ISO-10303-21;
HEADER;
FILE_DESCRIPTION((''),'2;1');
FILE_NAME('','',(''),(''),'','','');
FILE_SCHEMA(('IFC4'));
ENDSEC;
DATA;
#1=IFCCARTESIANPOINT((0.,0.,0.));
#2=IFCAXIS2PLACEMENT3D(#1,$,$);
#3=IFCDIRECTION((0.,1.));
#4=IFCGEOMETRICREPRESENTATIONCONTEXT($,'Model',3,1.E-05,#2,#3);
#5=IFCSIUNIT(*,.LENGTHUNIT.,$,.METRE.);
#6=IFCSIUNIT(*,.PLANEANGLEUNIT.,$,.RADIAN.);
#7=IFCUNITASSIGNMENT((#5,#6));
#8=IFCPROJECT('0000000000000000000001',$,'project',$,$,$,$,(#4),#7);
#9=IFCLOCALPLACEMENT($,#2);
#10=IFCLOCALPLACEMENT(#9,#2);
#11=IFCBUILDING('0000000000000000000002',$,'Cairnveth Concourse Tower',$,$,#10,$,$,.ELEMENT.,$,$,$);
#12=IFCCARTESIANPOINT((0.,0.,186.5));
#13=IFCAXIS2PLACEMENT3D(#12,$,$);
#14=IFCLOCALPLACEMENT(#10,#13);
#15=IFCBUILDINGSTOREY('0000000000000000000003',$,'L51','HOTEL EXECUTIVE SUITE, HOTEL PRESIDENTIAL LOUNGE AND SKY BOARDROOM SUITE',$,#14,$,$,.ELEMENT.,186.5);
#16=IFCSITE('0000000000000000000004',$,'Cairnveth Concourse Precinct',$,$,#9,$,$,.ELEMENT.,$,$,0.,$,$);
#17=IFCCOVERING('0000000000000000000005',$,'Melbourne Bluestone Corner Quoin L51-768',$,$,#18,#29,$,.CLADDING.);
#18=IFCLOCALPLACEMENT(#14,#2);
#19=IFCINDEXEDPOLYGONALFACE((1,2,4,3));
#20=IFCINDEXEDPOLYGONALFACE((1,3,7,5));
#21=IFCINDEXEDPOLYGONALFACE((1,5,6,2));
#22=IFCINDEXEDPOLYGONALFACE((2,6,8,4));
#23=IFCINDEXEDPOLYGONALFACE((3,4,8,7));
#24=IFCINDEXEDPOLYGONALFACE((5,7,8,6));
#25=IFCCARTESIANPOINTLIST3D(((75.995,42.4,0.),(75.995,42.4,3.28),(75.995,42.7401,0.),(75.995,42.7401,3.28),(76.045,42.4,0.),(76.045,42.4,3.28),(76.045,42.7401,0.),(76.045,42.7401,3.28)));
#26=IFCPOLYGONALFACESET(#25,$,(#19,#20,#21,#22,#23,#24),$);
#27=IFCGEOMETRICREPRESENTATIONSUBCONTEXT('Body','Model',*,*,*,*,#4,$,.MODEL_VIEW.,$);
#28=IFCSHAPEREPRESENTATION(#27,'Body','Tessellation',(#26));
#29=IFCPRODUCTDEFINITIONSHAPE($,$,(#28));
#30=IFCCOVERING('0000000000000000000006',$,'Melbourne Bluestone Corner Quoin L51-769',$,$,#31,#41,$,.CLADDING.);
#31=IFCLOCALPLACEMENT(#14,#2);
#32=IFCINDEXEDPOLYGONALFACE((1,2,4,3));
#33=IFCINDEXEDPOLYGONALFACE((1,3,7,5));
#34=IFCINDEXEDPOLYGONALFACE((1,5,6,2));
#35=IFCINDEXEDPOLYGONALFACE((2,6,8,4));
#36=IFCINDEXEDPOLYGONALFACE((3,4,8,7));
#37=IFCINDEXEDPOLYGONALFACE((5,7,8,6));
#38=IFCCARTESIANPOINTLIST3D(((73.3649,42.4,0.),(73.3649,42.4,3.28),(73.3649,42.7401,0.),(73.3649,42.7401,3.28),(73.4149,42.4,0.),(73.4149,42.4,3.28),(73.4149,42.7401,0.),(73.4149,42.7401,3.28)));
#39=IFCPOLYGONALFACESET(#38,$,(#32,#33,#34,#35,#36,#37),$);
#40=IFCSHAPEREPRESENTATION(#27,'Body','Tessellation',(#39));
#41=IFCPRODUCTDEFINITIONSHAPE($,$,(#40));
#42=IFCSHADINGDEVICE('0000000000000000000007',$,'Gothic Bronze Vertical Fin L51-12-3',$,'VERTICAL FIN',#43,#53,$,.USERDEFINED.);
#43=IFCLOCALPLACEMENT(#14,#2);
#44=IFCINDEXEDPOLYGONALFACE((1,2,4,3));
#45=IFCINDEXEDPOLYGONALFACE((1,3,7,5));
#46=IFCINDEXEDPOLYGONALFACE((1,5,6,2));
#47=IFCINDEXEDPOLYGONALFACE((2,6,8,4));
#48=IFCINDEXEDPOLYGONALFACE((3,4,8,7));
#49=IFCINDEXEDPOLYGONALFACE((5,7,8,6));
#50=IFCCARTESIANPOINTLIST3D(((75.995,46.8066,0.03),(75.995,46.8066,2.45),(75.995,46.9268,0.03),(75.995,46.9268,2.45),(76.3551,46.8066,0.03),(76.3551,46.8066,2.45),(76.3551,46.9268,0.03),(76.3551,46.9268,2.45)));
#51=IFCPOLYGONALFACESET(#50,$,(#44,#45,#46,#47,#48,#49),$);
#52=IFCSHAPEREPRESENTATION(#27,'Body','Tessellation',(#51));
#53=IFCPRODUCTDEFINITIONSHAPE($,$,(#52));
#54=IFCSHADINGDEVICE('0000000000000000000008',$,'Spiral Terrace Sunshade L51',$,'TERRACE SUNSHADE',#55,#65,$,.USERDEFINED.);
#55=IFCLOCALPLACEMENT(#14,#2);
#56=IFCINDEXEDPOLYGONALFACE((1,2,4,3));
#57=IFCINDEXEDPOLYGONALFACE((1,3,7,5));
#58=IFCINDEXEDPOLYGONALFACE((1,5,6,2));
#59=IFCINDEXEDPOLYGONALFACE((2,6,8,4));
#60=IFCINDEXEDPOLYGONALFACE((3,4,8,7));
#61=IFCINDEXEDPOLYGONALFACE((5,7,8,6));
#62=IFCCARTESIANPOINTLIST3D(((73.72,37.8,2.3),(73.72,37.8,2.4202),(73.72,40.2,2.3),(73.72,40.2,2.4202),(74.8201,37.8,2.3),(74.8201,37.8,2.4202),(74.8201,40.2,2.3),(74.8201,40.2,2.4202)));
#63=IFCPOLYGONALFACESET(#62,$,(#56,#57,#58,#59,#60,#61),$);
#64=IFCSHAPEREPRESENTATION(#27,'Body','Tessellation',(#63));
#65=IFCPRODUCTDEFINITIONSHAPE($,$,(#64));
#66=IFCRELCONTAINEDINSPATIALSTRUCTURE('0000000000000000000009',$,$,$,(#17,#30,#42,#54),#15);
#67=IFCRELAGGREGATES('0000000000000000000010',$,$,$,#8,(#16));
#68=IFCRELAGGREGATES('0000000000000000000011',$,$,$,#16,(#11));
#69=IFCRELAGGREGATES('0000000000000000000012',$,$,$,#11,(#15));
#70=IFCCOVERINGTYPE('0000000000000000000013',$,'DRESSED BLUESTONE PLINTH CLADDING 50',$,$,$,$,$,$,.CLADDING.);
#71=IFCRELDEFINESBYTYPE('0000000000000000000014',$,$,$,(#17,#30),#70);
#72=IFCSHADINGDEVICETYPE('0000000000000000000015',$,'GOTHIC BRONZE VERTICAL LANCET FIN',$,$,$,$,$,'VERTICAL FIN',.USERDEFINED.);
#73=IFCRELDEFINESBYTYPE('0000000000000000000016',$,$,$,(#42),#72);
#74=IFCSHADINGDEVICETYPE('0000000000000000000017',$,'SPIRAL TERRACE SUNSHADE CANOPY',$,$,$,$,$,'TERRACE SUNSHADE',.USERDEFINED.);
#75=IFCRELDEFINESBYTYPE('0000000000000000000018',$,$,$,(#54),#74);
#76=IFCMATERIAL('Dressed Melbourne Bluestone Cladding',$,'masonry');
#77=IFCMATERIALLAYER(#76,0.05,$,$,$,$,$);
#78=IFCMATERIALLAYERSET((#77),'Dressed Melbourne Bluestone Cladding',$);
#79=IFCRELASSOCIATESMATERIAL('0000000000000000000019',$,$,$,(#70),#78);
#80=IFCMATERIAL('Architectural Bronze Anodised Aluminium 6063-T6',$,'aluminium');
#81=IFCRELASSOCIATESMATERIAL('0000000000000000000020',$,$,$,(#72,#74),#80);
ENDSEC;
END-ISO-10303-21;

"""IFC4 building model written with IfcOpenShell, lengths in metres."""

from ifc_helpers import new_model, si_unit, direction, frame, frame_2d, origin, origin_2d, place, context, subcontext, project, spatial, rectangle, extrude, material, layer, layer_set, type_object, element, save


model = new_model("IFC4")

# Units and contexts
model_context = context("Model", 3, precision=1e-05, world=origin(), true_north=direction((0.0, 1.0)))
body_context = subcontext(model_context, "Body", "Model", "MODEL_VIEW")
ifc_project = project(units=[si_unit("LENGTHUNIT", "METRE"), si_unit("PLANEANGLEUNIT", "RADIAN")], contexts=[model_context])

# Site, building, storey
site_placement = place(None, origin())
site = spatial("IfcSite", under=ifc_project, at=site_placement, Name="Cairnveth Concourse Precinct", CompositionType="ELEMENT", RefElevation=0.0)
building_placement = place(site_placement, origin())
building = spatial("IfcBuilding", under=site, at=building_placement, Name="Cairnveth Concourse Tower", CompositionType="ELEMENT")
storey_placement = place(building_placement, frame((0.0, 0.0, 186.5)))
storey = spatial("IfcBuildingStorey", under=building, at=storey_placement, Name="L51", Description="HOTEL EXECUTIVE SUITE, HOTEL PRESIDENTIAL LOUNGE AND SKY BOARDROOM SUITE", CompositionType="ELEMENT", Elevation=186.5)

# Shared definitions
ifc_material_1 = material(Name="Architectural Bronze Anodised Aluminium 6063-T6", Category="aluminium")

# Coverings
ifc_material_2 = material(Name="Dressed Melbourne Bluestone Cladding", Category="masonry")
ifc_layer_1 = layer(ifc_material_2, 0.05)
ifc_layer_set_1 = layer_set([ifc_layer_1], Name="Dressed Melbourne Bluestone Cladding")
covering_type = type_object("IfcCoveringType", Name="DRESSED BLUESTONE PLINTH CLADDING 50", PredefinedType="CLADDING", material=ifc_layer_set_1)
for number, where, z_axis, x_axis, name in (
    (1, (76.02, 42.74, 0.0), (0.0, 0.0, 1.0), (0.0, -1.0, 0.0), "Melbourne Bluestone Corner Quoin L51-768"),
    (2, (73.3899, 42.74, 0.0), (0.0, 0.0, 1.0), (0.0, -1.0, 0.0), "Melbourne Bluestone Corner Quoin L51-769"),
):
    element("IfcCovering", number, at=place(storey_placement, frame(where, z_axis=z_axis, x_axis=x_axis)), inside=storey, type_object=covering_type, Name=name, PredefinedType="CLADDING", context=body_context, shape_type="SweptSolid", body=[
        extrude(rectangle(XDim=0.3401, YDim=0.05, at=frame_2d((0.1699, 0.0))), origin(), (0.0, 0.0, 1.0), 3.28),
    ])

# Shading devices
shading_device_type_1 = type_object("IfcShadingDeviceType", Name="GOTHIC BRONZE VERTICAL LANCET FIN", ElementType="VERTICAL FIN", PredefinedType="USERDEFINED", material=ifc_material_1)
shading_device_1_placement = place(storey_placement, frame((76.175, 46.8667, 0.03), z_axis=(0.0, 0.0, 1.0), x_axis=(0.0, 1.0, 0.0)))
element("IfcShadingDevice", 3, at=shading_device_1_placement, inside=storey, type_object=shading_device_type_1, Name="Gothic Bronze Vertical Fin L51-12-3", ObjectType="VERTICAL FIN", PredefinedType="USERDEFINED", context=body_context, shape_type="SweptSolid", body=[
    extrude(rectangle(XDim=0.1201, YDim=0.3601, at=origin_2d()), origin(), (0.0, 0.0, 1.0), 2.4199),
])
shading_device_type_2 = type_object("IfcShadingDeviceType", Name="SPIRAL TERRACE SUNSHADE CANOPY", ElementType="TERRACE SUNSHADE", PredefinedType="USERDEFINED", material=ifc_material_1)
shading_device_2_placement = place(storey_placement, frame((74.27, 39.0, 2.3), z_axis=(0.0, 0.0, 1.0), x_axis=(1.0, 0.0, 0.0)))
element("IfcShadingDevice", 4, at=shading_device_2_placement, inside=storey, type_object=shading_device_type_2, Name="Spiral Terrace Sunshade L51", ObjectType="TERRACE SUNSHADE", PredefinedType="USERDEFINED", context=body_context, shape_type="SweptSolid", body=[
    extrude(rectangle(XDim=1.1001, YDim=2.3999, at=origin_2d()), origin(), (0.0, 0.0, 1.0), 0.1201),
])

save(model, "model.ifc")
